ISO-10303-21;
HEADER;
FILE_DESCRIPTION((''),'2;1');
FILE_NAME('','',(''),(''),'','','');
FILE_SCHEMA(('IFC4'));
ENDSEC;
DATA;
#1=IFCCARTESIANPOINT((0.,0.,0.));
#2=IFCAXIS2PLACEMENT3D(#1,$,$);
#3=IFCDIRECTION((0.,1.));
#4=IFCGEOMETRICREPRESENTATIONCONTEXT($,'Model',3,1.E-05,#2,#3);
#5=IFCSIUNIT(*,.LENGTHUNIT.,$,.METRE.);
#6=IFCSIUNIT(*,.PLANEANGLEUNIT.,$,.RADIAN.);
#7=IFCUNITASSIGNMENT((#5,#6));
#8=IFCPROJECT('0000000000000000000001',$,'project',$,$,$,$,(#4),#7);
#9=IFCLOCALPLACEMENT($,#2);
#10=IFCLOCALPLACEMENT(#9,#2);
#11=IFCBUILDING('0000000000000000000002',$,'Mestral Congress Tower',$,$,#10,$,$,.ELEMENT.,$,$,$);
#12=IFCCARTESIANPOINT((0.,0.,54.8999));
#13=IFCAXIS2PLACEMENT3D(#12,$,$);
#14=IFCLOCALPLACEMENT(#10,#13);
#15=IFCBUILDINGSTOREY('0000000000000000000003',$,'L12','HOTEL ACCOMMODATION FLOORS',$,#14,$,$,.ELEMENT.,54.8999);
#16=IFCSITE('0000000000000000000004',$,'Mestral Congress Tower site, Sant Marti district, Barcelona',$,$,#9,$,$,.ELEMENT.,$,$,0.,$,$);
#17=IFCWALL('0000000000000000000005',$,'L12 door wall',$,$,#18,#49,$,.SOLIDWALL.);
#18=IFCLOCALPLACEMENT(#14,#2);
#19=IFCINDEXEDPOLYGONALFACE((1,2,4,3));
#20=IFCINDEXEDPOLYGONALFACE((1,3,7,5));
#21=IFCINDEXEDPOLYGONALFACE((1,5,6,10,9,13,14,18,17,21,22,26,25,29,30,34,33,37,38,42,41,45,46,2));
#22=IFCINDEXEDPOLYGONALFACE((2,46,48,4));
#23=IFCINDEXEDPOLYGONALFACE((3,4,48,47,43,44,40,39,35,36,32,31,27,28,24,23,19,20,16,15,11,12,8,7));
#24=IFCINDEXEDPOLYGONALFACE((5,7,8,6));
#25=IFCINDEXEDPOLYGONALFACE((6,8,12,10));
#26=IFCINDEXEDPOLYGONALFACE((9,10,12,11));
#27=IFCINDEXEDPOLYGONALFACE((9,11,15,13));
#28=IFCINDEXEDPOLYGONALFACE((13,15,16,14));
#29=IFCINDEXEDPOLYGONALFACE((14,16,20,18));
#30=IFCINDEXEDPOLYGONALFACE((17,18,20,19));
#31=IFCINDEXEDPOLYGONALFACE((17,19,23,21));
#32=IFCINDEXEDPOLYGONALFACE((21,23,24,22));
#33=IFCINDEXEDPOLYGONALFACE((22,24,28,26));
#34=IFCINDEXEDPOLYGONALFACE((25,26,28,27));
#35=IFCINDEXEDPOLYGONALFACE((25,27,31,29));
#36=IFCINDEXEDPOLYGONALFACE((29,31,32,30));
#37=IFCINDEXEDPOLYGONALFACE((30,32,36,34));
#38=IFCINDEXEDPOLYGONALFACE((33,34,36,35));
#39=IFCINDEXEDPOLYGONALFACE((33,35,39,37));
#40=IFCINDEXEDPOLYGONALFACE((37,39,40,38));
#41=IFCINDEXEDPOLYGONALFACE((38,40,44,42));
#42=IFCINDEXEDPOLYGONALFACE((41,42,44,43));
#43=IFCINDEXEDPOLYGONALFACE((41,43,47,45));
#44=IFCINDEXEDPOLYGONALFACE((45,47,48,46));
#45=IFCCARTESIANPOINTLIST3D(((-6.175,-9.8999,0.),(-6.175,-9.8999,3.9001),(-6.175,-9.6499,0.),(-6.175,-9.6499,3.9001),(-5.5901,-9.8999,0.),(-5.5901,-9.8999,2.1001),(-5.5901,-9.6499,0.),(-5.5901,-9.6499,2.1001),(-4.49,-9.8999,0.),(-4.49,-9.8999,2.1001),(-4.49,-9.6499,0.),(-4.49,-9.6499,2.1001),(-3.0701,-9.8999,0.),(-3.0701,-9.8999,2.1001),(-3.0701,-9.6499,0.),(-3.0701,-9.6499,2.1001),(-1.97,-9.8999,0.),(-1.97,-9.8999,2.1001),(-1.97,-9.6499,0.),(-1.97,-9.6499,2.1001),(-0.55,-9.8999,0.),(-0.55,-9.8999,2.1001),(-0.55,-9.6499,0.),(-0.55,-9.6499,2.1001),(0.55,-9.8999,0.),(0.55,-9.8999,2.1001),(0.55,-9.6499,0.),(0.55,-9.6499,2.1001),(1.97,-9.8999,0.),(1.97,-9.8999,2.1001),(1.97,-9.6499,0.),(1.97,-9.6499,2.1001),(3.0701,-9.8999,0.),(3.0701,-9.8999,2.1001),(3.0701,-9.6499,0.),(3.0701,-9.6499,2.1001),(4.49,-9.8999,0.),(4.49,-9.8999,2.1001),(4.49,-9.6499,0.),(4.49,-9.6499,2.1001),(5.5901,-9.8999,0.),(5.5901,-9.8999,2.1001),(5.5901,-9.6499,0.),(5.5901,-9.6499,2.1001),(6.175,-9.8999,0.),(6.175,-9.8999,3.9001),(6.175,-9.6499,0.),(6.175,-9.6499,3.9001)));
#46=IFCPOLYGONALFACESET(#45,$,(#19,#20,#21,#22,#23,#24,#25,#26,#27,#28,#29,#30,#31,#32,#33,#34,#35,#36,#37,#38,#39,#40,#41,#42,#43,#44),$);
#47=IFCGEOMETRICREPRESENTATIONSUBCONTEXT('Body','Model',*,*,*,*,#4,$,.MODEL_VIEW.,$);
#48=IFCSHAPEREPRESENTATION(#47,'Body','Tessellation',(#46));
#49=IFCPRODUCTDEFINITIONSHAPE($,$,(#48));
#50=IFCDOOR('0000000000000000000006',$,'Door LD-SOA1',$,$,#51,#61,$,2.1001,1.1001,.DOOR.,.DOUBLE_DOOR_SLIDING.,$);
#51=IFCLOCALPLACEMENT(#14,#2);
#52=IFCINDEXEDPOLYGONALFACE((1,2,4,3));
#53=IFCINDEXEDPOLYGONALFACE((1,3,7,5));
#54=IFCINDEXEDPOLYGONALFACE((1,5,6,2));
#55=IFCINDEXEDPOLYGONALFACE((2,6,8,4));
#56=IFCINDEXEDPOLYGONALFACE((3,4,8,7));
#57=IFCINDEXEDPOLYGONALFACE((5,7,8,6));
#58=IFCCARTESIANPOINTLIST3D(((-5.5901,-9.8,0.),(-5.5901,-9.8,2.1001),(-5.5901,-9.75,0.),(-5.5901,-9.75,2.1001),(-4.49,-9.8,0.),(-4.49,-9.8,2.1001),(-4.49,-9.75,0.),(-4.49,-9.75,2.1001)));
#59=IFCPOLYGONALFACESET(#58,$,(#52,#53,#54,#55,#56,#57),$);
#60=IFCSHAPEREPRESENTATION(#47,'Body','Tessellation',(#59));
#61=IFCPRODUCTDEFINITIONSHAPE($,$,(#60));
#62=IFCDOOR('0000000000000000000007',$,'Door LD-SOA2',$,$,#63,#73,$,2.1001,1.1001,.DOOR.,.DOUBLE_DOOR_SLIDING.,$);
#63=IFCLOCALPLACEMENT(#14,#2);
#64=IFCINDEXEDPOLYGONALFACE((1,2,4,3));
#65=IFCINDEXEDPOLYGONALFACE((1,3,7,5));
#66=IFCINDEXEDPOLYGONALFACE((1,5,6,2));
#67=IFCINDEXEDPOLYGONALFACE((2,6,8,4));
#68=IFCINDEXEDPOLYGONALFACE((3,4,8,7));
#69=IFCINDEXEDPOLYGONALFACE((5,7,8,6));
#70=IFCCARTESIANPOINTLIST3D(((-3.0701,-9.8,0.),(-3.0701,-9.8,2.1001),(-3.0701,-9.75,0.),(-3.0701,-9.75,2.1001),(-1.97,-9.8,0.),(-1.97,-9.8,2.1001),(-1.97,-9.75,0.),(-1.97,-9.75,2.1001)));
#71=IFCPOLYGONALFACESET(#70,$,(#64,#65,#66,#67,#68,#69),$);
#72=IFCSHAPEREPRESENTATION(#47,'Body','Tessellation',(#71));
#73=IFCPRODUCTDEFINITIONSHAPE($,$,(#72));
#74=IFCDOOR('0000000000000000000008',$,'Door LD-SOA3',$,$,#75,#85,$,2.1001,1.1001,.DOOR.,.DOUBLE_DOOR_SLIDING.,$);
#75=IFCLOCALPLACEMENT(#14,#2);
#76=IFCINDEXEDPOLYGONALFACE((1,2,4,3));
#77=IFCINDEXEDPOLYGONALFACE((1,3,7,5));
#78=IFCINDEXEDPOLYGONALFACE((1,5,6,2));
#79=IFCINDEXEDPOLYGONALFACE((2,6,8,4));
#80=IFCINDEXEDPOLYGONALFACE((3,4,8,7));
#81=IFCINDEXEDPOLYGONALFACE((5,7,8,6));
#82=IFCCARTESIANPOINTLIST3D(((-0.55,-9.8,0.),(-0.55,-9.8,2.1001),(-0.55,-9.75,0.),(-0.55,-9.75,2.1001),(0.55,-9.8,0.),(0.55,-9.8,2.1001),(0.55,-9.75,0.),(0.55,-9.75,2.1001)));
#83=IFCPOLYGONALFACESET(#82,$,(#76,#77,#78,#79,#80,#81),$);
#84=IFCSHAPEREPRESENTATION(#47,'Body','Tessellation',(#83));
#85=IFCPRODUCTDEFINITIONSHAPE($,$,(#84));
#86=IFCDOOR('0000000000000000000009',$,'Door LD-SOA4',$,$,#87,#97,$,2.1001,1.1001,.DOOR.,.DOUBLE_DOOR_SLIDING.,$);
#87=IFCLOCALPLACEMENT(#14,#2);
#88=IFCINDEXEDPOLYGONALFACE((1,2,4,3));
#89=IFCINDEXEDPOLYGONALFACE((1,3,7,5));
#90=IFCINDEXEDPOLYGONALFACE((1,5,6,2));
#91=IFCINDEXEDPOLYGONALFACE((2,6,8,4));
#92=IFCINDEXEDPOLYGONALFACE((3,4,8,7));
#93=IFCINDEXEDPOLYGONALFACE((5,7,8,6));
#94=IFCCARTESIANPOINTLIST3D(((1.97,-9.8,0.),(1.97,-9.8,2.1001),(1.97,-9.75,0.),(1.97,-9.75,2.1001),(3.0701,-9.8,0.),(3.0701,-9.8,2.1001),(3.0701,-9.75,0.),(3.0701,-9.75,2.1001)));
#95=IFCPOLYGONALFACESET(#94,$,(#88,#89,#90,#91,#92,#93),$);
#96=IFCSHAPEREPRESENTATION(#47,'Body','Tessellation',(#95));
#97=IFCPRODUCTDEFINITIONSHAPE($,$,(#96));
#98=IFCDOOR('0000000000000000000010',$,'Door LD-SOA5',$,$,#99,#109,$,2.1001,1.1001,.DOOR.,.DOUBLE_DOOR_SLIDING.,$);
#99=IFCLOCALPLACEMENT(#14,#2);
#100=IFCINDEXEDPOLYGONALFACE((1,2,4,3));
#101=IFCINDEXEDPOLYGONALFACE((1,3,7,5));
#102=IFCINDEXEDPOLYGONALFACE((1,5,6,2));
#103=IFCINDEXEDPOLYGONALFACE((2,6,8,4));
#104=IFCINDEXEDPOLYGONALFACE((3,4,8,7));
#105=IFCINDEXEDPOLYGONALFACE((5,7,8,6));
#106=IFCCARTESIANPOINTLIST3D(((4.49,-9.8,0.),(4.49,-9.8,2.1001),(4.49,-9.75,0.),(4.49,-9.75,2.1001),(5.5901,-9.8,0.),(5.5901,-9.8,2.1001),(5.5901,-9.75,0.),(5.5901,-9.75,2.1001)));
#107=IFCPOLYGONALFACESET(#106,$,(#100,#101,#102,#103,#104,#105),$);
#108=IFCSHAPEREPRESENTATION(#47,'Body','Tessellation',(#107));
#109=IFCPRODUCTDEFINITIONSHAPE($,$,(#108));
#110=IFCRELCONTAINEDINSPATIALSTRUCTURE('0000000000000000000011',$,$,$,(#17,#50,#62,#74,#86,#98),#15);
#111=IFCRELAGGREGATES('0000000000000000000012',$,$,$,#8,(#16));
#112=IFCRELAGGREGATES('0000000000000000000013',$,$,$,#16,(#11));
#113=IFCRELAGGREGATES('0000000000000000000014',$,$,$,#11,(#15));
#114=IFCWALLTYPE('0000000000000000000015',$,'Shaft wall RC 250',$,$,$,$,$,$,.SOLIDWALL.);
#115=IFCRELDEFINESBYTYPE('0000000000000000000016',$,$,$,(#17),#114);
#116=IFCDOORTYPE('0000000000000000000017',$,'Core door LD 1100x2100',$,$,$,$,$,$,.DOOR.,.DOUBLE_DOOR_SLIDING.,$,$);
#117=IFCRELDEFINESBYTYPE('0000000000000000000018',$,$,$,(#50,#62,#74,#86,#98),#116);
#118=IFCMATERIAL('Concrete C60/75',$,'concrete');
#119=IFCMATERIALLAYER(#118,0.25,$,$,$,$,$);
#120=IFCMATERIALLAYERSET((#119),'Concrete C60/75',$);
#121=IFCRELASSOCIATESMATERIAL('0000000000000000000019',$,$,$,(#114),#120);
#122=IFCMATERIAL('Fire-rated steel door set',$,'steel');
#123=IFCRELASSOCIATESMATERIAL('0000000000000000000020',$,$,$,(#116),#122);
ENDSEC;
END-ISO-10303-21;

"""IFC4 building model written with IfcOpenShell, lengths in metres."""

from ifc_helpers import new_model, si_unit, direction, frame, frame_2d, origin, place, context, subcontext, project, spatial, rectangle, extrude, material, layer, layer_set, type_object, element, fill, save


model = new_model("IFC4")

# Units and contexts
model_context = context("Model", 3, precision=1e-05, world=origin(), true_north=direction((0.0, 1.0)))
body_context = subcontext(model_context, "Body", "Model", "MODEL_VIEW")
ifc_project = project(units=[si_unit("LENGTHUNIT", "METRE"), si_unit("PLANEANGLEUNIT", "RADIAN")], contexts=[model_context])

# Site, building, storey
site_placement = place(None, origin())
site = spatial("IfcSite", under=ifc_project, at=site_placement, Name="Mestral Congress Tower site, Sant Marti district, Barcelona", CompositionType="ELEMENT", RefElevation=0.0)
building_placement = place(site_placement, origin())
building = spatial("IfcBuilding", under=site, at=building_placement, Name="Mestral Congress Tower", CompositionType="ELEMENT")
storey_placement = place(building_placement, frame((0.0, 0.0, 54.8999)))
storey = spatial("IfcBuildingStorey", under=building, at=storey_placement, Name="L12", Description="HOTEL ACCOMMODATION FLOORS", CompositionType="ELEMENT", Elevation=54.8999)

# Shared definitions
ifc_material_1 = material(Name="Fire-rated steel door set", Category="steel")

# Shared definitions
ifc_material_2 = material(Name="Concrete C60/75", Category="concrete")
ifc_layer_1 = layer(ifc_material_2, 0.25)
ifc_layer_set_1 = layer_set([ifc_layer_1], Name="Concrete C60/75")
wall_type_1 = type_object("IfcWallType", Name="Shaft wall RC 250", PredefinedType="SOLIDWALL", material=ifc_layer_set_1)

# Wall, openings, doors
wall_1_placement = place(storey_placement, frame((-6.175, -9.7749, 0.0), z_axis=(0.0, 0.0, 1.0), x_axis=(1.0, 0.0, 0.0)))
wall_1 = element("IfcWall", 1, at=wall_1_placement, inside=storey, type_object=wall_type_1, Name="L12 door wall", PredefinedType="SOLIDWALL", context=body_context, shape_type="SweptSolid", body=[
    extrude(rectangle(XDim=12.3501, YDim=0.25, at=frame_2d((6.175, 0.0))), origin(), (0.0, 0.0, 1.0), 3.9001),
])
opening_1_placement = place(wall_1_placement, frame((0.585, 0.0, 0.0)))
opening_1 = element("IfcOpeningElement", 2, at=opening_1_placement, cuts=wall_1, PredefinedType="OPENING", context=body_context, shape_type="SweptSolid", body=[
    extrude(rectangle(XDim=1.1001, YDim=2.1001, at=frame_2d((0.55, 1.05))), frame((0.0, 0.135, 0.0), z_axis=(0.0, -1.0, 0.0), x_axis=(1.0, 0.0, 0.0)), (0.0, 0.0, 1.0), 0.27),
])
opening_2_placement = place(wall_1_placement, frame((3.105, 0.0, 0.0)))
opening_2 = element("IfcOpeningElement", 3, at=opening_2_placement, cuts=wall_1, PredefinedType="OPENING", context=body_context, shape_type="SweptSolid", body=[
    extrude(rectangle(XDim=1.1001, YDim=2.1001, at=frame_2d((0.55, 1.05))), frame((0.0, 0.135, 0.0), z_axis=(0.0, -1.0, 0.0), x_axis=(1.0, 0.0, 0.0)), (0.0, 0.0, 1.0), 0.27),
])
opening_3_placement = place(wall_1_placement, frame((5.625, 0.0, 0.0)))
opening_3 = element("IfcOpeningElement", 4, at=opening_3_placement, cuts=wall_1, PredefinedType="OPENING", context=body_context, shape_type="SweptSolid", body=[
    extrude(rectangle(XDim=1.1001, YDim=2.1001, at=frame_2d((0.55, 1.05))), frame((0.0, 0.135, 0.0), z_axis=(0.0, -1.0, 0.0), x_axis=(1.0, 0.0, 0.0)), (0.0, 0.0, 1.0), 0.27),
])
opening_4_placement = place(wall_1_placement, frame((8.145, 0.0, 0.0)))
opening_4 = element("IfcOpeningElement", 5, at=opening_4_placement, cuts=wall_1, PredefinedType="OPENING", context=body_context, shape_type="SweptSolid", body=[
    extrude(rectangle(XDim=1.1001, YDim=2.1001, at=frame_2d((0.55, 1.05))), frame((0.0, 0.135, 0.0), z_axis=(0.0, -1.0, 0.0), x_axis=(1.0, 0.0, 0.0)), (0.0, 0.0, 1.0), 0.27),
])
opening_5_placement = place(wall_1_placement, frame((10.665, 0.0, 0.0)))
opening_5 = element("IfcOpeningElement", 6, at=opening_5_placement, cuts=wall_1, PredefinedType="OPENING", context=body_context, shape_type="SweptSolid", body=[
    extrude(rectangle(XDim=1.1001, YDim=2.1001, at=frame_2d((0.55, 1.05))), frame((0.0, 0.135, 0.0), z_axis=(0.0, -1.0, 0.0), x_axis=(1.0, 0.0, 0.0)), (0.0, 0.0, 1.0), 0.27),
])
door_type_1 = type_object("IfcDoorType", Name="Core door LD 1100x2100", OperationType="DOUBLE_DOOR_SLIDING", PredefinedType="DOOR", material=ifc_material_1)
door_1_placement = place(opening_1_placement, origin())
door_1 = element("IfcDoor", 7, at=door_1_placement, inside=storey, type_object=door_type_1, Name="Door LD-SOA1", OperationType="DOUBLE_DOOR_SLIDING", OverallHeight=2.1001, OverallWidth=1.1001, PredefinedType="DOOR", context=body_context, shape_type="SweptSolid", body=[
    extrude(rectangle(XDim=1.1001, YDim=2.1001, at=frame_2d((0.55, 1.05))), frame((0.0, 0.0249, 0.0), z_axis=(0.0, -1.0, 0.0), x_axis=(1.0, 0.0, 0.0)), (0.0, 0.0, 1.0), 0.05),
])
fill(opening_1, door_1)
door_2_placement = place(opening_2_placement, origin())
door_2 = element("IfcDoor", 8, at=door_2_placement, inside=storey, type_object=door_type_1, Name="Door LD-SOA2", OperationType="DOUBLE_DOOR_SLIDING", OverallHeight=2.1001, OverallWidth=1.1001, PredefinedType="DOOR", context=body_context, shape_type="SweptSolid", body=[
    extrude(rectangle(XDim=1.1001, YDim=2.1001, at=frame_2d((0.55, 1.05))), frame((0.0, 0.0249, 0.0), z_axis=(0.0, -1.0, 0.0), x_axis=(1.0, 0.0, 0.0)), (0.0, 0.0, 1.0), 0.05),
])
fill(opening_2, door_2)
door_3_placement = place(opening_3_placement, origin())
door_3 = element("IfcDoor", 9, at=door_3_placement, inside=storey, type_object=door_type_1, Name="Door LD-SOA3", OperationType="DOUBLE_DOOR_SLIDING", OverallHeight=2.1001, OverallWidth=1.1001, PredefinedType="DOOR", context=body_context, shape_type="SweptSolid", body=[
    extrude(rectangle(XDim=1.1001, YDim=2.1001, at=frame_2d((0.55, 1.05))), frame((0.0, 0.0249, 0.0), z_axis=(0.0, -1.0, 0.0), x_axis=(1.0, 0.0, 0.0)), (0.0, 0.0, 1.0), 0.05),
])
fill(opening_3, door_3)
door_4_placement = place(opening_4_placement, origin())
door_4 = element("IfcDoor", 10, at=door_4_placement, inside=storey, type_object=door_type_1, Name="Door LD-SOA4", OperationType="DOUBLE_DOOR_SLIDING", OverallHeight=2.1001, OverallWidth=1.1001, PredefinedType="DOOR", context=body_context, shape_type="SweptSolid", body=[
    extrude(rectangle(XDim=1.1001, YDim=2.1001, at=frame_2d((0.55, 1.05))), frame((0.0, 0.0249, 0.0), z_axis=(0.0, -1.0, 0.0), x_axis=(1.0, 0.0, 0.0)), (0.0, 0.0, 1.0), 0.05),
])
fill(opening_4, door_4)
door_5_placement = place(opening_5_placement, origin())
door_5 = element("IfcDoor", 11, at=door_5_placement, inside=storey, type_object=door_type_1, Name="Door LD-SOA5", OperationType="DOUBLE_DOOR_SLIDING", OverallHeight=2.1001, OverallWidth=1.1001, PredefinedType="DOOR", context=body_context, shape_type="SweptSolid", body=[
    extrude(rectangle(XDim=1.1001, YDim=2.1001, at=frame_2d((0.55, 1.05))), frame((0.0, 0.0249, 0.0), z_axis=(0.0, -1.0, 0.0), x_axis=(1.0, 0.0, 0.0)), (0.0, 0.0, 1.0), 0.05),
])
fill(opening_5, door_5)

save(model, "model.ifc")
